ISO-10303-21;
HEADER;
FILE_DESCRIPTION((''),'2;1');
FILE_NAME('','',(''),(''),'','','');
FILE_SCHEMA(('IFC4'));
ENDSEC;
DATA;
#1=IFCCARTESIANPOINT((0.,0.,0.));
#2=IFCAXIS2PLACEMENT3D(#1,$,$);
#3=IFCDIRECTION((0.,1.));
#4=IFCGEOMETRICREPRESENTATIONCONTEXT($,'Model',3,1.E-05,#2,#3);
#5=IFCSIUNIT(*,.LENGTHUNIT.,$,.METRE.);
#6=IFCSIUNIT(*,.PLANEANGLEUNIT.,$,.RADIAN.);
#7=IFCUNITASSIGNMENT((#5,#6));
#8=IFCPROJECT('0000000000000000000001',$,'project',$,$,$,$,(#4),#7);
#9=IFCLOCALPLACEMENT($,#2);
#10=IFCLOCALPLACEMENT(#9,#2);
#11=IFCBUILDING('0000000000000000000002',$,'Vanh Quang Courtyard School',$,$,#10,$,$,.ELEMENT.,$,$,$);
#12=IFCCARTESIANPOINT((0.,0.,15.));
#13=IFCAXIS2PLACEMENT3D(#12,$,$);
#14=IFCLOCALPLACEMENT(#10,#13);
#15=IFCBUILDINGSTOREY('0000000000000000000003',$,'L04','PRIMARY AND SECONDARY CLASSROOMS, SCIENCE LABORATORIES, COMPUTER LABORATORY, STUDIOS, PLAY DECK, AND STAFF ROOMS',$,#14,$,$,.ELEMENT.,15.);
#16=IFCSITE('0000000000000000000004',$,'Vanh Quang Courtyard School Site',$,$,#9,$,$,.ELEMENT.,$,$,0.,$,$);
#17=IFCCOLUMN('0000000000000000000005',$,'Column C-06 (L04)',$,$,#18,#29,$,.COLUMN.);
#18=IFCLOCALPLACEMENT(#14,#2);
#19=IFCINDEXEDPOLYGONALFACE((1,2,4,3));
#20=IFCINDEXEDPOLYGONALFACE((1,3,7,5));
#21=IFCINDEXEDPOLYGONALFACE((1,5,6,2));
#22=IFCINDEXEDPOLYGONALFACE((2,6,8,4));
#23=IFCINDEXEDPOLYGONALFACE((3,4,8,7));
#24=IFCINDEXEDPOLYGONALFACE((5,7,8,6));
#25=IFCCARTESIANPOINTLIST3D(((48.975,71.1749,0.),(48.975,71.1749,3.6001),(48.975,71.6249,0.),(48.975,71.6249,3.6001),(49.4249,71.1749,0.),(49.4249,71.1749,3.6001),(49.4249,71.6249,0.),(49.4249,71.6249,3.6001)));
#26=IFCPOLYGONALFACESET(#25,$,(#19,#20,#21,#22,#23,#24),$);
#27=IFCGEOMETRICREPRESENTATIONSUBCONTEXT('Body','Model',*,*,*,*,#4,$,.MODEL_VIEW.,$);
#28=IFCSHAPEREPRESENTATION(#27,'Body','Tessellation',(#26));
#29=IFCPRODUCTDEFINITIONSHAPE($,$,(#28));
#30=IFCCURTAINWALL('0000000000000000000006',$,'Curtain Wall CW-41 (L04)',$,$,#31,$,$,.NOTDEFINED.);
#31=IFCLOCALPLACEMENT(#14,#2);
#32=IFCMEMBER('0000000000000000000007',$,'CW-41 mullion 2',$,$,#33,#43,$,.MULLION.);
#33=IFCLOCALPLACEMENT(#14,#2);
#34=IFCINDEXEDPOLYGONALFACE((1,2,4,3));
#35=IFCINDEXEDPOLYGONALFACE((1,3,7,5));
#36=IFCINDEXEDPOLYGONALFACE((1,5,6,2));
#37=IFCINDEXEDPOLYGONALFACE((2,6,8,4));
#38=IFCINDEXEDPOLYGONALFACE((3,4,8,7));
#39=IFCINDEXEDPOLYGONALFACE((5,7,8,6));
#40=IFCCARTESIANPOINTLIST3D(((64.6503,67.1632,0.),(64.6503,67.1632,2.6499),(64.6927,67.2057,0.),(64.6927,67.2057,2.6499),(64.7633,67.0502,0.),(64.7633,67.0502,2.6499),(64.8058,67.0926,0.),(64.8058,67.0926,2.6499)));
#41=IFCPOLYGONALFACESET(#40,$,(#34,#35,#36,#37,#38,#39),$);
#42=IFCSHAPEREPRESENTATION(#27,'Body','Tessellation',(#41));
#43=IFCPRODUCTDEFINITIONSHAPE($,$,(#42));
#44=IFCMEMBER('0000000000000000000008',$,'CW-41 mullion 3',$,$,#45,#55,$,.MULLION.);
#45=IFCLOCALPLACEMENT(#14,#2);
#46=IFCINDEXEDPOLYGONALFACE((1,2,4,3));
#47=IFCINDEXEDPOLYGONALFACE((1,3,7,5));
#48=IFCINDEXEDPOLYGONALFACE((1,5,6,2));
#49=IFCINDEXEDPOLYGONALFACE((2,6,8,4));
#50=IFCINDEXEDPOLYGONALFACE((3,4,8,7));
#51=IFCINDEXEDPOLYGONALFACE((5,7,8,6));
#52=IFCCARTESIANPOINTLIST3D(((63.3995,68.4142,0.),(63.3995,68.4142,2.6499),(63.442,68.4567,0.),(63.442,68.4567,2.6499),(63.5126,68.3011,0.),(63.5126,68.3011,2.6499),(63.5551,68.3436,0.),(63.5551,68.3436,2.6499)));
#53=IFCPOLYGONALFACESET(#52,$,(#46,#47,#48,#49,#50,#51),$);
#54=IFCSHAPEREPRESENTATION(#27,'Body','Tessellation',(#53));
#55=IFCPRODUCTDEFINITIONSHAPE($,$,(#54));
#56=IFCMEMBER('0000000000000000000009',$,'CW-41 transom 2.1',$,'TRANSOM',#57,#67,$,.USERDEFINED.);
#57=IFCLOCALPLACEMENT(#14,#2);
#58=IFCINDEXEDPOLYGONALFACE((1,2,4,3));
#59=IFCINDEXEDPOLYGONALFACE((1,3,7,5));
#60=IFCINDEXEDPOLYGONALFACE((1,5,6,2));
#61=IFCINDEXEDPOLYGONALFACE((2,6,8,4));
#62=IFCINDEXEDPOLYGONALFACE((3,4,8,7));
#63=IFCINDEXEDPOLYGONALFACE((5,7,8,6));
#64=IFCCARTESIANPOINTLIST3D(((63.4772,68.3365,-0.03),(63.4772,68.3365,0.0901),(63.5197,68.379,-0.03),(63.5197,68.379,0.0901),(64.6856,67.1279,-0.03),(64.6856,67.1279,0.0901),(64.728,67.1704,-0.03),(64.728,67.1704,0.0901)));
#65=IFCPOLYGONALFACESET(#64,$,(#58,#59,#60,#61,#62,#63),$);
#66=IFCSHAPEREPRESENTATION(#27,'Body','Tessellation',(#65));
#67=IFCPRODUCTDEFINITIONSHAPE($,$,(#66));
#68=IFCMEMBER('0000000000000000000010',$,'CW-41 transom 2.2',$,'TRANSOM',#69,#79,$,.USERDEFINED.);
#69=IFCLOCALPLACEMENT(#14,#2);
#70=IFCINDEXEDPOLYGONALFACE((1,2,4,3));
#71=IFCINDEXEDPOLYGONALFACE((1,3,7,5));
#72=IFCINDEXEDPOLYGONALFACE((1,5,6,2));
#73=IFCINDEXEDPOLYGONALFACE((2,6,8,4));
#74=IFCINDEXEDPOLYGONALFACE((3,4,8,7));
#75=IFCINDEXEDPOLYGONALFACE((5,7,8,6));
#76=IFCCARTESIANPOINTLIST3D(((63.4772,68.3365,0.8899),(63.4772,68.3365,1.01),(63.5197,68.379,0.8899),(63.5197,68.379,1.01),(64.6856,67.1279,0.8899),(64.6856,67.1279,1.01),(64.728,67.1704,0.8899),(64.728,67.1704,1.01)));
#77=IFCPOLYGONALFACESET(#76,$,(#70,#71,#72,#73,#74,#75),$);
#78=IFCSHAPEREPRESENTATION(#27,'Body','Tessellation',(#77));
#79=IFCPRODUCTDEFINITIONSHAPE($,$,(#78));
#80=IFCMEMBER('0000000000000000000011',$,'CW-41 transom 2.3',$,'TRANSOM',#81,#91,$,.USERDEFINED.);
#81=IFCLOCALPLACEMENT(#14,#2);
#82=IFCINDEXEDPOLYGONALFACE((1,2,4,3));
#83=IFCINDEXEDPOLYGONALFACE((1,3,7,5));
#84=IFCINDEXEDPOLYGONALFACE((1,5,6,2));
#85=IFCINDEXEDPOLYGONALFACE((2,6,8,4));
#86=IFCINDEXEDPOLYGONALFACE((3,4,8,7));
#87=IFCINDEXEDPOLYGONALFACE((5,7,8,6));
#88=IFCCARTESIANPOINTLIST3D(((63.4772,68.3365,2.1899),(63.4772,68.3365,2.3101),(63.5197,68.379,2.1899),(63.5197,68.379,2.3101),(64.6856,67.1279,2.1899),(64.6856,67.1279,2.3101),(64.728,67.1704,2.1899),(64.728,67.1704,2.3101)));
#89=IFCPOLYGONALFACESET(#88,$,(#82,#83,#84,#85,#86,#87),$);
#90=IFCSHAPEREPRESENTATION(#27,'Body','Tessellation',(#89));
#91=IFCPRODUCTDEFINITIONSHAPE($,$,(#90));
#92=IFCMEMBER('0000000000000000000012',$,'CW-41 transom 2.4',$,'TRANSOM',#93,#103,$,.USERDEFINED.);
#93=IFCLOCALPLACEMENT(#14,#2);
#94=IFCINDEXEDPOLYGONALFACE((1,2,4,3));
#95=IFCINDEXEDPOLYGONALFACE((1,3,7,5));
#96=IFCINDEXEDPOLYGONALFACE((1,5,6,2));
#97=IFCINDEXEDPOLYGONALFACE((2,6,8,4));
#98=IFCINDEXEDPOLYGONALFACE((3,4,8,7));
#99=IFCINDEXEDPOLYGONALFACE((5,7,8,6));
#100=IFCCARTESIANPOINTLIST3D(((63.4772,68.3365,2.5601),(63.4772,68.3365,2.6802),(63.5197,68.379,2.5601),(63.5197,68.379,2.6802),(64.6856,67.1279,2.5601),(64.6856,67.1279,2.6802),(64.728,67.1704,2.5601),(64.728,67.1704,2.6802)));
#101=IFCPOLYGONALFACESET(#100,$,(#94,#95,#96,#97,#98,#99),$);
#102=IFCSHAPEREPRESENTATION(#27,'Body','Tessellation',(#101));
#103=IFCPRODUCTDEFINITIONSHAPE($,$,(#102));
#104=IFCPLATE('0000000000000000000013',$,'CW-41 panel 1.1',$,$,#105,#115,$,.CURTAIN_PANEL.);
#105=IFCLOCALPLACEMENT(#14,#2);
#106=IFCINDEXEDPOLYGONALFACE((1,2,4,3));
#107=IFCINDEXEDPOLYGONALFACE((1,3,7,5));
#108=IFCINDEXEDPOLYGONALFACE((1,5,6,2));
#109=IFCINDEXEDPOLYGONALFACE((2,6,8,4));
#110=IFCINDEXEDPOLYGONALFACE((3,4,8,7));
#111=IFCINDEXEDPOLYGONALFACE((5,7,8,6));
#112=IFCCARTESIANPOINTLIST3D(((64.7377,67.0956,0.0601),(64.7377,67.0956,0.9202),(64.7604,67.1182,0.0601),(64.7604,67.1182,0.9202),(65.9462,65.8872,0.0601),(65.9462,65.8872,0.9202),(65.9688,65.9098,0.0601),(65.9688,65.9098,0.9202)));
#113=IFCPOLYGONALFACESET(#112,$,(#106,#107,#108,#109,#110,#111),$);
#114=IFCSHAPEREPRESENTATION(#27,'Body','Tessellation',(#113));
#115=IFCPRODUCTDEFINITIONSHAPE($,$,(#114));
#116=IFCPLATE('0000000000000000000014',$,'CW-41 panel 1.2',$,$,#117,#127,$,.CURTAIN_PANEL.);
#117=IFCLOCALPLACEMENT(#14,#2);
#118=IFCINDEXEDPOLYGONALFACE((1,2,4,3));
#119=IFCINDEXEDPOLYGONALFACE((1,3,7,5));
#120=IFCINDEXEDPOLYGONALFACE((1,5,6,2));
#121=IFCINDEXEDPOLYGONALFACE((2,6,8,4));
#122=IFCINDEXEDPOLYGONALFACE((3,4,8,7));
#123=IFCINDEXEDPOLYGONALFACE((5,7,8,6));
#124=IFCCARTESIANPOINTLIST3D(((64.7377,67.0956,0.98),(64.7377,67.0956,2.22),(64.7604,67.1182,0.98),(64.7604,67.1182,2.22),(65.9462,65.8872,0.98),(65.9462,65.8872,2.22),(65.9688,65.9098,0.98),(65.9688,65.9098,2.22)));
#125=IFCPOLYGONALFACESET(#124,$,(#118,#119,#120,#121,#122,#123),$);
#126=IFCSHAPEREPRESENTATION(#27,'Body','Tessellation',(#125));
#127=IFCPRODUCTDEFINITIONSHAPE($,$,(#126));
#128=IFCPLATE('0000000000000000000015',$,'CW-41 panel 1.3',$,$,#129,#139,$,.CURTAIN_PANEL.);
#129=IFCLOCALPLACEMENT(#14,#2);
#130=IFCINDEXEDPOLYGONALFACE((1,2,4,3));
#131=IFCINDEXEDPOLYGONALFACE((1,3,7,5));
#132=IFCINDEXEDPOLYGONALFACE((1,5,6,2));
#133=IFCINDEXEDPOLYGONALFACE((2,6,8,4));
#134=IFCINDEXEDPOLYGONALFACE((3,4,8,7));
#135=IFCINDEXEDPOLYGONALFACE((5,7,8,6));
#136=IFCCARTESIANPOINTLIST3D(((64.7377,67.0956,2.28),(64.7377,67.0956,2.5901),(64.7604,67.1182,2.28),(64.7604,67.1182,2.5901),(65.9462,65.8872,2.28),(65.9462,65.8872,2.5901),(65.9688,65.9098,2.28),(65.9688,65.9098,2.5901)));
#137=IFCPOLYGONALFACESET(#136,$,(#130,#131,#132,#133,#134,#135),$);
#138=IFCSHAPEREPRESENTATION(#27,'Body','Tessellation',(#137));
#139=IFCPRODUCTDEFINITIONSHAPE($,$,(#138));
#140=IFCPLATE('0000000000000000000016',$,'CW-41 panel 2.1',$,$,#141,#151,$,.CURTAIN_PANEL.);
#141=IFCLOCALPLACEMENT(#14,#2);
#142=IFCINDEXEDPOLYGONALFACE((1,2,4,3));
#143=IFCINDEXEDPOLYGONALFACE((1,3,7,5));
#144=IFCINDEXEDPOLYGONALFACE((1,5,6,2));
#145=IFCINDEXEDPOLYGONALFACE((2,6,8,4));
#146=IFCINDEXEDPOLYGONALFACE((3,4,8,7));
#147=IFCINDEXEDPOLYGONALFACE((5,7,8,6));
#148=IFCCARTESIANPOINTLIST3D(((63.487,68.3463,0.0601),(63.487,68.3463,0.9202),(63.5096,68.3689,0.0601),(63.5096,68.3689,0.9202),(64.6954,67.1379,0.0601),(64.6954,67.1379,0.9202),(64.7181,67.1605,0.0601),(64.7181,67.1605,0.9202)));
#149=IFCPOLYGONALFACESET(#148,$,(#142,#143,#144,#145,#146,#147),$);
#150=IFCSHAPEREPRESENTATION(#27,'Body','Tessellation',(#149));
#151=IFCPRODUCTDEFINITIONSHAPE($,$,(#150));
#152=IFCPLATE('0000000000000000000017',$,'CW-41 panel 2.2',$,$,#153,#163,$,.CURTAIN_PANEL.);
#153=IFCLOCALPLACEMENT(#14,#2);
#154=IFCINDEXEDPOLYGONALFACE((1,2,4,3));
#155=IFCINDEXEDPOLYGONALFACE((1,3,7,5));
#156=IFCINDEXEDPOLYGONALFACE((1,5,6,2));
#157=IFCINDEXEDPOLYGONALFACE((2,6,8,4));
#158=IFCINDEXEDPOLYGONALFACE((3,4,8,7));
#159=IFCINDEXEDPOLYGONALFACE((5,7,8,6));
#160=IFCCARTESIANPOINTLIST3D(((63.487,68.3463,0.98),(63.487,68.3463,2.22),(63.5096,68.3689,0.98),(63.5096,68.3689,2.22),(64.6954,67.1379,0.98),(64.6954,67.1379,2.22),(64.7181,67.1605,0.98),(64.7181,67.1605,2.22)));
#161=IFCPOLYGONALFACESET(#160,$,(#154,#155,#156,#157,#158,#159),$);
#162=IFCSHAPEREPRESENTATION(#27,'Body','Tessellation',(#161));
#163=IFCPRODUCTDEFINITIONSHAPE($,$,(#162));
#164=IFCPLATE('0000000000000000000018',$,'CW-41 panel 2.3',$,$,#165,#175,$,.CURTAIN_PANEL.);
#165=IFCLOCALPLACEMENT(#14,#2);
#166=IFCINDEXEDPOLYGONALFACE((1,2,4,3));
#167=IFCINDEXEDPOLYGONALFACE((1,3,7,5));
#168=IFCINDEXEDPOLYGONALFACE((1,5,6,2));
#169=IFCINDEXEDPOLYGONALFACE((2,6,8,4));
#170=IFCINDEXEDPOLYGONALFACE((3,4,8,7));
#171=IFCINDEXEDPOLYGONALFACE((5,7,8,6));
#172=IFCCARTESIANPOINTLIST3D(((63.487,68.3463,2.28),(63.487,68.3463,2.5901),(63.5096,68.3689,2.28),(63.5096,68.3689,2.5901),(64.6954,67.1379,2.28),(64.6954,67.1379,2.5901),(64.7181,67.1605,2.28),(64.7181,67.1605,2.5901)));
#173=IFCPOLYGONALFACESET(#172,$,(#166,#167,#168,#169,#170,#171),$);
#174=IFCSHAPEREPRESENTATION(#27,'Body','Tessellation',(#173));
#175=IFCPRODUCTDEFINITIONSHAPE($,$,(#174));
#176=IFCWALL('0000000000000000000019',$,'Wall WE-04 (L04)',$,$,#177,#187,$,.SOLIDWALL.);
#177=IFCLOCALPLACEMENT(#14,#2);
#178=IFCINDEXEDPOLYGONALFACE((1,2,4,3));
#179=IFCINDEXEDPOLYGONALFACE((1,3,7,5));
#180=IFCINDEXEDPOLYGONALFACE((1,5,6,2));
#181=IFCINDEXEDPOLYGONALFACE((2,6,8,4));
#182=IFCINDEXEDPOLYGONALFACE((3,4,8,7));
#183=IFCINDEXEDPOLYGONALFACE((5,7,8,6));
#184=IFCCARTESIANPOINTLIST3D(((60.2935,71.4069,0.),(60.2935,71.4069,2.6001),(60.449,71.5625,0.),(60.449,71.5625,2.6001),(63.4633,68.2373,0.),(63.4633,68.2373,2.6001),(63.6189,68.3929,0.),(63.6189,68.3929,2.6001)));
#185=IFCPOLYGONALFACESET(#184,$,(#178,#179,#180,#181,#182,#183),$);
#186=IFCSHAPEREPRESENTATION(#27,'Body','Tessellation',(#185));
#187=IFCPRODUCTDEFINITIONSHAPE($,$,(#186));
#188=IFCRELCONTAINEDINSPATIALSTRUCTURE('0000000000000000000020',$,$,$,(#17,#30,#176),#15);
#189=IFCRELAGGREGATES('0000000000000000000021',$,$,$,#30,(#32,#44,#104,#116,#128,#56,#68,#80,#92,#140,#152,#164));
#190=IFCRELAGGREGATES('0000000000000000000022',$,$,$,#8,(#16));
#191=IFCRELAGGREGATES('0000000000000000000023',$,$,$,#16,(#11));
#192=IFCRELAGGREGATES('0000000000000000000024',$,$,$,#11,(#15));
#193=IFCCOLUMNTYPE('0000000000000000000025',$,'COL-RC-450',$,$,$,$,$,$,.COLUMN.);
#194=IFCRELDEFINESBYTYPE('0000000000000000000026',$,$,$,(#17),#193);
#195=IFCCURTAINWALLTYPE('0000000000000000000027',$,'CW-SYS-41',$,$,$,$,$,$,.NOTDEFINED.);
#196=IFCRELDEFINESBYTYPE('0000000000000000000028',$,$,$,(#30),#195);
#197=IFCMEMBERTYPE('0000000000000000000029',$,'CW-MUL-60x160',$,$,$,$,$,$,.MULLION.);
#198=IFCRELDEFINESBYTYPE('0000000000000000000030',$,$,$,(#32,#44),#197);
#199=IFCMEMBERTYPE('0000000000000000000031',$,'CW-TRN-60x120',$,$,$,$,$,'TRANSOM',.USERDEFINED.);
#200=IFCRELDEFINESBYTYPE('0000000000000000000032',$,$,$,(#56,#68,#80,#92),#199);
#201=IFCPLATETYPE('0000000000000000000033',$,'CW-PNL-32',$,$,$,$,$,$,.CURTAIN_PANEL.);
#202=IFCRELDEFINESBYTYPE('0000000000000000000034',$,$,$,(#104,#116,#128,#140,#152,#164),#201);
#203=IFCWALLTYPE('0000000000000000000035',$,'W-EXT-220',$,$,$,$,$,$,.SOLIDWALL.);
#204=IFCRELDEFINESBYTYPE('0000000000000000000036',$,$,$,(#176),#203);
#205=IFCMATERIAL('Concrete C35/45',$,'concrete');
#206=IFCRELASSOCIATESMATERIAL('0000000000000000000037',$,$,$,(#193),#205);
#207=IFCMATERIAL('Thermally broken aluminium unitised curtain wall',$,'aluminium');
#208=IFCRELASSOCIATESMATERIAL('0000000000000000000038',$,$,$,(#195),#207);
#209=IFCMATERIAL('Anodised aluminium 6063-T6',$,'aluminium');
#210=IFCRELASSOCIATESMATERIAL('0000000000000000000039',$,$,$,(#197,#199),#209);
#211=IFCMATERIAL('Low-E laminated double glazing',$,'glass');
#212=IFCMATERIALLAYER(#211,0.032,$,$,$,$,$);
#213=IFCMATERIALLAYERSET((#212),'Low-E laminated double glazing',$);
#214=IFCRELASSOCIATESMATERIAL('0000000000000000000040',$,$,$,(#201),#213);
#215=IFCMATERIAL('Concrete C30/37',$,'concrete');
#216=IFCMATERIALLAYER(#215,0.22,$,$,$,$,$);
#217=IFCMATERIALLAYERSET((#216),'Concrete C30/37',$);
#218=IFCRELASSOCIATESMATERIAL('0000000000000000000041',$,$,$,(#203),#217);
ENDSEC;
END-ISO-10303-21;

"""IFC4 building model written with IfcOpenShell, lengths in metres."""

from ifc_helpers import new_model, si_unit, direction, frame, frame_2d, origin, origin_2d, place, context, subcontext, project, spatial, rectangle, extrude, material, layer, layer_set, material_profile, profile_set, type_object, element, aggregate, save


model = new_model("IFC4")

# Units and contexts
model_context = context("Model", 3, precision=1e-05, world=origin(), true_north=direction((0.0, 1.0)))
body_context = subcontext(model_context, "Body", "Model", "MODEL_VIEW")
ifc_project = project(units=[si_unit("LENGTHUNIT", "METRE"), si_unit("PLANEANGLEUNIT", "RADIAN")], contexts=[model_context])

# Site, building, storey
site_placement = place(None, origin())
site = spatial("IfcSite", under=ifc_project, at=site_placement, Name="Vanh Quang Courtyard School Site", CompositionType="ELEMENT", RefElevation=0.0)
building_placement = place(site_placement, origin())
building = spatial("IfcBuilding", under=site, at=building_placement, Name="Vanh Quang Courtyard School", CompositionType="ELEMENT")
storey_placement = place(building_placement, frame((0.0, 0.0, 15.0)))
storey = spatial("IfcBuildingStorey", under=building, at=storey_placement, Name="L04", Description="PRIMARY AND SECONDARY CLASSROOMS, SCIENCE LABORATORIES, COMPUTER LABORATORY, STUDIOS, PLAY DECK, AND STAFF ROOMS", CompositionType="ELEMENT", Elevation=15.0)

# Column
ifc_material_1 = material(Name="Concrete C35/45", Category="concrete")
ifc_material_profile_1 = material_profile(ifc_material_1, rectangle(XDim=0.45, YDim=0.45, at=origin_2d()), Name="RC-COL 450x450")
ifc_profile_set_1 = profile_set([ifc_material_profile_1], Name="Concrete C35/45")
column_type = type_object("IfcColumnType", Name="COL-RC-450", PredefinedType="COLUMN", material=ifc_profile_set_1)
column_placement = place(storey_placement, frame((49.2, 71.3999, 0.0), z_axis=(0.0, 0.0, 1.0), x_axis=(1.0, 0.0, 0.0)))
element("IfcColumn", 1, at=column_placement, inside=storey, type_object=column_type, Name="Column C-06 (L04)", PredefinedType="COLUMN", context=body_context, shape_type="SweptSolid", body=[
    extrude(rectangle(XDim=0.45, YDim=0.45, at=origin_2d()), origin(), (0.0, 0.0, 1.0), 3.6001),
])

# Curtain wall, members, plates
ifc_material_2 = material(Name="Thermally broken aluminium unitised curtain wall", Category="aluminium")
curtain_wall_type = type_object("IfcCurtainWallType", Name="CW-SYS-41", PredefinedType="NOTDEFINED", material=ifc_material_2)
curtain_wall_placement = place(storey_placement, origin())
curtain_wall = element("IfcCurtainWall", 2, at=curtain_wall_placement, inside=storey, type_object=curtain_wall_type, Name="Curtain Wall CW-41 (L04)", PredefinedType="NOTDEFINED")
ifc_material_3 = material(Name="Anodised aluminium 6063-T6", Category="aluminium")
ifc_material_profile_2 = material_profile(ifc_material_3, rectangle(XDim=0.0601, YDim=0.1599, at=origin_2d()), Name="ALU-MUL 60x160")
ifc_profile_set_2 = profile_set([ifc_material_profile_2], Name="Anodised aluminium 6063-T6")
member_type_1 = type_object("IfcMemberType", Name="CW-MUL-60x160", PredefinedType="MULLION", material=ifc_profile_set_2)
member_1_placement = place(storey_placement, frame((64.728, 67.1279, 0.0), z_axis=(0.0, 0.0, 1.0), x_axis=(-0.707107, -0.707107, 0.0)))
member_1 = element("IfcMember", 3, at=member_1_placement, type_object=member_type_1, Name="CW-41 mullion 2", PredefinedType="MULLION", context=body_context, shape_type="SweptSolid", body=[
    extrude(rectangle(XDim=0.0601, YDim=0.1599, at=origin_2d()), origin(), (0.0, 0.0, 1.0), 2.6499),
])
member_2_placement = place(storey_placement, frame((63.4773, 68.3789, 0.0), z_axis=(0.0, 0.0, 1.0), x_axis=(-0.707107, -0.707107, 0.0)))
member_2 = element("IfcMember", 4, at=member_2_placement, type_object=member_type_1, Name="CW-41 mullion 3", PredefinedType="MULLION", context=body_context, shape_type="SweptSolid", body=[
    extrude(rectangle(XDim=0.0601, YDim=0.1599, at=origin_2d()), origin(), (0.0, 0.0, 1.0), 2.6499),
])
ifc_material_profile_3 = material_profile(ifc_material_3, rectangle(XDim=0.0601, YDim=0.1201, at=origin_2d()), Name="ALU-TRN 60x120")
ifc_profile_set_3 = profile_set([ifc_material_profile_3], Name="Anodised aluminium 6063-T6")
member_type_2 = type_object("IfcMemberType", Name="CW-TRN-60x120", ElementType="TRANSOM", PredefinedType="USERDEFINED", material=ifc_profile_set_3)
member_3_placement = place(storey_placement, frame((64.7068, 67.1492, 0.03), z_axis=(-0.707035, 0.707178, 0.0), x_axis=(-0.707178, -0.707035, 0.0)))
member_3 = element("IfcMember", 5, at=member_3_placement, type_object=member_type_2, Name="CW-41 transom 2.1", ObjectType="TRANSOM", PredefinedType="USERDEFINED", context=body_context, shape_type="SweptSolid", body=[
    extrude(rectangle(XDim=0.0601, YDim=0.1201, at=origin_2d()), origin(), (0.0, 0.0, 1.0), 1.709),
])
member_4_placement = place(storey_placement, frame((64.7068, 67.1492, 0.95), z_axis=(-0.707035, 0.707178, 0.0), x_axis=(-0.707178, -0.707035, 0.0)))
member_4 = element("IfcMember", 6, at=member_4_placement, type_object=member_type_2, Name="CW-41 transom 2.2", ObjectType="TRANSOM", PredefinedType="USERDEFINED", context=body_context, shape_type="SweptSolid", body=[
    extrude(rectangle(XDim=0.0601, YDim=0.1201, at=origin_2d()), origin(), (0.0, 0.0, 1.0), 1.709),
])
member_5_placement = place(storey_placement, frame((64.7068, 67.1492, 2.25), z_axis=(-0.707035, 0.707178, 0.0), x_axis=(-0.707178, -0.707035, 0.0)))
member_5 = element("IfcMember", 7, at=member_5_placement, type_object=member_type_2, Name="CW-41 transom 2.3", ObjectType="TRANSOM", PredefinedType="USERDEFINED", context=body_context, shape_type="SweptSolid", body=[
    extrude(rectangle(XDim=0.0601, YDim=0.1201, at=origin_2d()), origin(), (0.0, 0.0, 1.0), 1.709),
])
member_6_placement = place(storey_placement, frame((64.7068, 67.1492, 2.6201), z_axis=(-0.707035, 0.707178, 0.0), x_axis=(-0.707178, -0.707035, 0.0)))
member_6 = element("IfcMember", 8, at=member_6_placement, type_object=member_type_2, Name="CW-41 transom 2.4", ObjectType="TRANSOM", PredefinedType="USERDEFINED", context=body_context, shape_type="SweptSolid", body=[
    extrude(rectangle(XDim=0.0601, YDim=0.1201, at=origin_2d()), origin(), (0.0, 0.0, 1.0), 1.709),
])
ifc_material_4 = material(Name="Low-E laminated double glazing", Category="glass")
ifc_layer_1 = layer(ifc_material_4, 0.032)
ifc_layer_set_1 = layer_set([ifc_layer_1], Name="Low-E laminated double glazing")
plate_type = type_object("IfcPlateType", Name="CW-PNL-32", PredefinedType="CURTAIN_PANEL", material=ifc_layer_set_1)
plate_1_placement = place(storey_placement, frame((65.3533, 66.5027, 0.0601), z_axis=(0.0, 0.0, 1.0), x_axis=(-0.707107, 0.707107, 0.0)))
plate_1 = element("IfcPlate", 9, at=plate_1_placement, type_object=plate_type, Name="CW-41 panel 1.1", PredefinedType="CURTAIN_PANEL", context=body_context, shape_type="SweptSolid", body=[
    extrude(rectangle(XDim=1.709, YDim=0.032, at=origin_2d()), origin(), (0.0, 0.0, 1.0), 0.8601),
])
plate_2_placement = place(storey_placement, frame((65.3533, 66.5027, 0.98), z_axis=(0.0, 0.0, 1.0), x_axis=(-0.707107, 0.707107, 0.0)))
plate_2 = element("IfcPlate", 10, at=plate_2_placement, type_object=plate_type, Name="CW-41 panel 1.2", PredefinedType="CURTAIN_PANEL", context=body_context, shape_type="SweptSolid", body=[
    extrude(rectangle(XDim=1.709, YDim=0.032, at=origin_2d()), origin(), (0.0, 0.0, 1.0), 1.24),
])
plate_3_placement = place(storey_placement, frame((65.3533, 66.5027, 2.28), z_axis=(0.0, 0.0, 1.0), x_axis=(-0.707107, 0.707107, 0.0)))
plate_3 = element("IfcPlate", 11, at=plate_3_placement, type_object=plate_type, Name="CW-41 panel 1.3", PredefinedType="CURTAIN_PANEL", context=body_context, shape_type="SweptSolid", body=[
    extrude(rectangle(XDim=1.709, YDim=0.032, at=origin_2d()), origin(), (0.0, 0.0, 1.0), 0.3101),
])
plate_4_placement = place(storey_placement, frame((64.1025, 67.7534, 0.0601), z_axis=(0.0, 0.0, 1.0), x_axis=(-0.707107, 0.707107, 0.0)))
plate_4 = element("IfcPlate", 12, at=plate_4_placement, type_object=plate_type, Name="CW-41 panel 2.1", PredefinedType="CURTAIN_PANEL", context=body_context, shape_type="SweptSolid", body=[
    extrude(rectangle(XDim=1.709, YDim=0.032, at=origin_2d()), origin(), (0.0, 0.0, 1.0), 0.8601),
])
plate_5_placement = place(storey_placement, frame((64.1025, 67.7534, 0.98), z_axis=(0.0, 0.0, 1.0), x_axis=(-0.707107, 0.707107, 0.0)))
plate_5 = element("IfcPlate", 13, at=plate_5_placement, type_object=plate_type, Name="CW-41 panel 2.2", PredefinedType="CURTAIN_PANEL", context=body_context, shape_type="SweptSolid", body=[
    extrude(rectangle(XDim=1.709, YDim=0.032, at=origin_2d()), origin(), (0.0, 0.0, 1.0), 1.24),
])
plate_6_placement = place(storey_placement, frame((64.1025, 67.7534, 2.28), z_axis=(0.0, 0.0, 1.0), x_axis=(-0.707107, 0.707107, 0.0)))
plate_6 = element("IfcPlate", 14, at=plate_6_placement, type_object=plate_type, Name="CW-41 panel 2.3", PredefinedType="CURTAIN_PANEL", context=body_context, shape_type="SweptSolid", body=[
    extrude(rectangle(XDim=1.709, YDim=0.032, at=origin_2d()), origin(), (0.0, 0.0, 1.0), 0.3101),
])
aggregate(curtain_wall, [member_1, member_2, plate_1, plate_2, plate_3, member_3, member_4, member_5, member_6, plate_4, plate_5, plate_6])

# Wall
ifc_material_5 = material(Name="Concrete C30/37", Category="concrete")
ifc_layer_2 = layer(ifc_material_5, 0.22)
ifc_layer_set_2 = layer_set([ifc_layer_2], Name="Concrete C30/37")
wall_type = type_object("IfcWallType", Name="W-EXT-220", PredefinedType="SOLIDWALL", material=ifc_layer_set_2)
wall_1_placement = place(storey_placement, frame((63.541, 68.3152, 0.0), z_axis=(0.0, 0.0, 1.0), x_axis=(-0.707134, 0.70708, 0.0)))
element("IfcWall", 15, at=wall_1_placement, inside=storey, type_object=wall_type, Name="Wall WE-04 (L04)", PredefinedType="SOLIDWALL", context=body_context, shape_type="SweptSolid", body=[
    extrude(rectangle(XDim=4.4827, YDim=0.22, at=frame_2d((2.2412, 0.0))), origin(), (0.0, 0.0, 1.0), 2.6001),
])

save(model, "model.ifc")
